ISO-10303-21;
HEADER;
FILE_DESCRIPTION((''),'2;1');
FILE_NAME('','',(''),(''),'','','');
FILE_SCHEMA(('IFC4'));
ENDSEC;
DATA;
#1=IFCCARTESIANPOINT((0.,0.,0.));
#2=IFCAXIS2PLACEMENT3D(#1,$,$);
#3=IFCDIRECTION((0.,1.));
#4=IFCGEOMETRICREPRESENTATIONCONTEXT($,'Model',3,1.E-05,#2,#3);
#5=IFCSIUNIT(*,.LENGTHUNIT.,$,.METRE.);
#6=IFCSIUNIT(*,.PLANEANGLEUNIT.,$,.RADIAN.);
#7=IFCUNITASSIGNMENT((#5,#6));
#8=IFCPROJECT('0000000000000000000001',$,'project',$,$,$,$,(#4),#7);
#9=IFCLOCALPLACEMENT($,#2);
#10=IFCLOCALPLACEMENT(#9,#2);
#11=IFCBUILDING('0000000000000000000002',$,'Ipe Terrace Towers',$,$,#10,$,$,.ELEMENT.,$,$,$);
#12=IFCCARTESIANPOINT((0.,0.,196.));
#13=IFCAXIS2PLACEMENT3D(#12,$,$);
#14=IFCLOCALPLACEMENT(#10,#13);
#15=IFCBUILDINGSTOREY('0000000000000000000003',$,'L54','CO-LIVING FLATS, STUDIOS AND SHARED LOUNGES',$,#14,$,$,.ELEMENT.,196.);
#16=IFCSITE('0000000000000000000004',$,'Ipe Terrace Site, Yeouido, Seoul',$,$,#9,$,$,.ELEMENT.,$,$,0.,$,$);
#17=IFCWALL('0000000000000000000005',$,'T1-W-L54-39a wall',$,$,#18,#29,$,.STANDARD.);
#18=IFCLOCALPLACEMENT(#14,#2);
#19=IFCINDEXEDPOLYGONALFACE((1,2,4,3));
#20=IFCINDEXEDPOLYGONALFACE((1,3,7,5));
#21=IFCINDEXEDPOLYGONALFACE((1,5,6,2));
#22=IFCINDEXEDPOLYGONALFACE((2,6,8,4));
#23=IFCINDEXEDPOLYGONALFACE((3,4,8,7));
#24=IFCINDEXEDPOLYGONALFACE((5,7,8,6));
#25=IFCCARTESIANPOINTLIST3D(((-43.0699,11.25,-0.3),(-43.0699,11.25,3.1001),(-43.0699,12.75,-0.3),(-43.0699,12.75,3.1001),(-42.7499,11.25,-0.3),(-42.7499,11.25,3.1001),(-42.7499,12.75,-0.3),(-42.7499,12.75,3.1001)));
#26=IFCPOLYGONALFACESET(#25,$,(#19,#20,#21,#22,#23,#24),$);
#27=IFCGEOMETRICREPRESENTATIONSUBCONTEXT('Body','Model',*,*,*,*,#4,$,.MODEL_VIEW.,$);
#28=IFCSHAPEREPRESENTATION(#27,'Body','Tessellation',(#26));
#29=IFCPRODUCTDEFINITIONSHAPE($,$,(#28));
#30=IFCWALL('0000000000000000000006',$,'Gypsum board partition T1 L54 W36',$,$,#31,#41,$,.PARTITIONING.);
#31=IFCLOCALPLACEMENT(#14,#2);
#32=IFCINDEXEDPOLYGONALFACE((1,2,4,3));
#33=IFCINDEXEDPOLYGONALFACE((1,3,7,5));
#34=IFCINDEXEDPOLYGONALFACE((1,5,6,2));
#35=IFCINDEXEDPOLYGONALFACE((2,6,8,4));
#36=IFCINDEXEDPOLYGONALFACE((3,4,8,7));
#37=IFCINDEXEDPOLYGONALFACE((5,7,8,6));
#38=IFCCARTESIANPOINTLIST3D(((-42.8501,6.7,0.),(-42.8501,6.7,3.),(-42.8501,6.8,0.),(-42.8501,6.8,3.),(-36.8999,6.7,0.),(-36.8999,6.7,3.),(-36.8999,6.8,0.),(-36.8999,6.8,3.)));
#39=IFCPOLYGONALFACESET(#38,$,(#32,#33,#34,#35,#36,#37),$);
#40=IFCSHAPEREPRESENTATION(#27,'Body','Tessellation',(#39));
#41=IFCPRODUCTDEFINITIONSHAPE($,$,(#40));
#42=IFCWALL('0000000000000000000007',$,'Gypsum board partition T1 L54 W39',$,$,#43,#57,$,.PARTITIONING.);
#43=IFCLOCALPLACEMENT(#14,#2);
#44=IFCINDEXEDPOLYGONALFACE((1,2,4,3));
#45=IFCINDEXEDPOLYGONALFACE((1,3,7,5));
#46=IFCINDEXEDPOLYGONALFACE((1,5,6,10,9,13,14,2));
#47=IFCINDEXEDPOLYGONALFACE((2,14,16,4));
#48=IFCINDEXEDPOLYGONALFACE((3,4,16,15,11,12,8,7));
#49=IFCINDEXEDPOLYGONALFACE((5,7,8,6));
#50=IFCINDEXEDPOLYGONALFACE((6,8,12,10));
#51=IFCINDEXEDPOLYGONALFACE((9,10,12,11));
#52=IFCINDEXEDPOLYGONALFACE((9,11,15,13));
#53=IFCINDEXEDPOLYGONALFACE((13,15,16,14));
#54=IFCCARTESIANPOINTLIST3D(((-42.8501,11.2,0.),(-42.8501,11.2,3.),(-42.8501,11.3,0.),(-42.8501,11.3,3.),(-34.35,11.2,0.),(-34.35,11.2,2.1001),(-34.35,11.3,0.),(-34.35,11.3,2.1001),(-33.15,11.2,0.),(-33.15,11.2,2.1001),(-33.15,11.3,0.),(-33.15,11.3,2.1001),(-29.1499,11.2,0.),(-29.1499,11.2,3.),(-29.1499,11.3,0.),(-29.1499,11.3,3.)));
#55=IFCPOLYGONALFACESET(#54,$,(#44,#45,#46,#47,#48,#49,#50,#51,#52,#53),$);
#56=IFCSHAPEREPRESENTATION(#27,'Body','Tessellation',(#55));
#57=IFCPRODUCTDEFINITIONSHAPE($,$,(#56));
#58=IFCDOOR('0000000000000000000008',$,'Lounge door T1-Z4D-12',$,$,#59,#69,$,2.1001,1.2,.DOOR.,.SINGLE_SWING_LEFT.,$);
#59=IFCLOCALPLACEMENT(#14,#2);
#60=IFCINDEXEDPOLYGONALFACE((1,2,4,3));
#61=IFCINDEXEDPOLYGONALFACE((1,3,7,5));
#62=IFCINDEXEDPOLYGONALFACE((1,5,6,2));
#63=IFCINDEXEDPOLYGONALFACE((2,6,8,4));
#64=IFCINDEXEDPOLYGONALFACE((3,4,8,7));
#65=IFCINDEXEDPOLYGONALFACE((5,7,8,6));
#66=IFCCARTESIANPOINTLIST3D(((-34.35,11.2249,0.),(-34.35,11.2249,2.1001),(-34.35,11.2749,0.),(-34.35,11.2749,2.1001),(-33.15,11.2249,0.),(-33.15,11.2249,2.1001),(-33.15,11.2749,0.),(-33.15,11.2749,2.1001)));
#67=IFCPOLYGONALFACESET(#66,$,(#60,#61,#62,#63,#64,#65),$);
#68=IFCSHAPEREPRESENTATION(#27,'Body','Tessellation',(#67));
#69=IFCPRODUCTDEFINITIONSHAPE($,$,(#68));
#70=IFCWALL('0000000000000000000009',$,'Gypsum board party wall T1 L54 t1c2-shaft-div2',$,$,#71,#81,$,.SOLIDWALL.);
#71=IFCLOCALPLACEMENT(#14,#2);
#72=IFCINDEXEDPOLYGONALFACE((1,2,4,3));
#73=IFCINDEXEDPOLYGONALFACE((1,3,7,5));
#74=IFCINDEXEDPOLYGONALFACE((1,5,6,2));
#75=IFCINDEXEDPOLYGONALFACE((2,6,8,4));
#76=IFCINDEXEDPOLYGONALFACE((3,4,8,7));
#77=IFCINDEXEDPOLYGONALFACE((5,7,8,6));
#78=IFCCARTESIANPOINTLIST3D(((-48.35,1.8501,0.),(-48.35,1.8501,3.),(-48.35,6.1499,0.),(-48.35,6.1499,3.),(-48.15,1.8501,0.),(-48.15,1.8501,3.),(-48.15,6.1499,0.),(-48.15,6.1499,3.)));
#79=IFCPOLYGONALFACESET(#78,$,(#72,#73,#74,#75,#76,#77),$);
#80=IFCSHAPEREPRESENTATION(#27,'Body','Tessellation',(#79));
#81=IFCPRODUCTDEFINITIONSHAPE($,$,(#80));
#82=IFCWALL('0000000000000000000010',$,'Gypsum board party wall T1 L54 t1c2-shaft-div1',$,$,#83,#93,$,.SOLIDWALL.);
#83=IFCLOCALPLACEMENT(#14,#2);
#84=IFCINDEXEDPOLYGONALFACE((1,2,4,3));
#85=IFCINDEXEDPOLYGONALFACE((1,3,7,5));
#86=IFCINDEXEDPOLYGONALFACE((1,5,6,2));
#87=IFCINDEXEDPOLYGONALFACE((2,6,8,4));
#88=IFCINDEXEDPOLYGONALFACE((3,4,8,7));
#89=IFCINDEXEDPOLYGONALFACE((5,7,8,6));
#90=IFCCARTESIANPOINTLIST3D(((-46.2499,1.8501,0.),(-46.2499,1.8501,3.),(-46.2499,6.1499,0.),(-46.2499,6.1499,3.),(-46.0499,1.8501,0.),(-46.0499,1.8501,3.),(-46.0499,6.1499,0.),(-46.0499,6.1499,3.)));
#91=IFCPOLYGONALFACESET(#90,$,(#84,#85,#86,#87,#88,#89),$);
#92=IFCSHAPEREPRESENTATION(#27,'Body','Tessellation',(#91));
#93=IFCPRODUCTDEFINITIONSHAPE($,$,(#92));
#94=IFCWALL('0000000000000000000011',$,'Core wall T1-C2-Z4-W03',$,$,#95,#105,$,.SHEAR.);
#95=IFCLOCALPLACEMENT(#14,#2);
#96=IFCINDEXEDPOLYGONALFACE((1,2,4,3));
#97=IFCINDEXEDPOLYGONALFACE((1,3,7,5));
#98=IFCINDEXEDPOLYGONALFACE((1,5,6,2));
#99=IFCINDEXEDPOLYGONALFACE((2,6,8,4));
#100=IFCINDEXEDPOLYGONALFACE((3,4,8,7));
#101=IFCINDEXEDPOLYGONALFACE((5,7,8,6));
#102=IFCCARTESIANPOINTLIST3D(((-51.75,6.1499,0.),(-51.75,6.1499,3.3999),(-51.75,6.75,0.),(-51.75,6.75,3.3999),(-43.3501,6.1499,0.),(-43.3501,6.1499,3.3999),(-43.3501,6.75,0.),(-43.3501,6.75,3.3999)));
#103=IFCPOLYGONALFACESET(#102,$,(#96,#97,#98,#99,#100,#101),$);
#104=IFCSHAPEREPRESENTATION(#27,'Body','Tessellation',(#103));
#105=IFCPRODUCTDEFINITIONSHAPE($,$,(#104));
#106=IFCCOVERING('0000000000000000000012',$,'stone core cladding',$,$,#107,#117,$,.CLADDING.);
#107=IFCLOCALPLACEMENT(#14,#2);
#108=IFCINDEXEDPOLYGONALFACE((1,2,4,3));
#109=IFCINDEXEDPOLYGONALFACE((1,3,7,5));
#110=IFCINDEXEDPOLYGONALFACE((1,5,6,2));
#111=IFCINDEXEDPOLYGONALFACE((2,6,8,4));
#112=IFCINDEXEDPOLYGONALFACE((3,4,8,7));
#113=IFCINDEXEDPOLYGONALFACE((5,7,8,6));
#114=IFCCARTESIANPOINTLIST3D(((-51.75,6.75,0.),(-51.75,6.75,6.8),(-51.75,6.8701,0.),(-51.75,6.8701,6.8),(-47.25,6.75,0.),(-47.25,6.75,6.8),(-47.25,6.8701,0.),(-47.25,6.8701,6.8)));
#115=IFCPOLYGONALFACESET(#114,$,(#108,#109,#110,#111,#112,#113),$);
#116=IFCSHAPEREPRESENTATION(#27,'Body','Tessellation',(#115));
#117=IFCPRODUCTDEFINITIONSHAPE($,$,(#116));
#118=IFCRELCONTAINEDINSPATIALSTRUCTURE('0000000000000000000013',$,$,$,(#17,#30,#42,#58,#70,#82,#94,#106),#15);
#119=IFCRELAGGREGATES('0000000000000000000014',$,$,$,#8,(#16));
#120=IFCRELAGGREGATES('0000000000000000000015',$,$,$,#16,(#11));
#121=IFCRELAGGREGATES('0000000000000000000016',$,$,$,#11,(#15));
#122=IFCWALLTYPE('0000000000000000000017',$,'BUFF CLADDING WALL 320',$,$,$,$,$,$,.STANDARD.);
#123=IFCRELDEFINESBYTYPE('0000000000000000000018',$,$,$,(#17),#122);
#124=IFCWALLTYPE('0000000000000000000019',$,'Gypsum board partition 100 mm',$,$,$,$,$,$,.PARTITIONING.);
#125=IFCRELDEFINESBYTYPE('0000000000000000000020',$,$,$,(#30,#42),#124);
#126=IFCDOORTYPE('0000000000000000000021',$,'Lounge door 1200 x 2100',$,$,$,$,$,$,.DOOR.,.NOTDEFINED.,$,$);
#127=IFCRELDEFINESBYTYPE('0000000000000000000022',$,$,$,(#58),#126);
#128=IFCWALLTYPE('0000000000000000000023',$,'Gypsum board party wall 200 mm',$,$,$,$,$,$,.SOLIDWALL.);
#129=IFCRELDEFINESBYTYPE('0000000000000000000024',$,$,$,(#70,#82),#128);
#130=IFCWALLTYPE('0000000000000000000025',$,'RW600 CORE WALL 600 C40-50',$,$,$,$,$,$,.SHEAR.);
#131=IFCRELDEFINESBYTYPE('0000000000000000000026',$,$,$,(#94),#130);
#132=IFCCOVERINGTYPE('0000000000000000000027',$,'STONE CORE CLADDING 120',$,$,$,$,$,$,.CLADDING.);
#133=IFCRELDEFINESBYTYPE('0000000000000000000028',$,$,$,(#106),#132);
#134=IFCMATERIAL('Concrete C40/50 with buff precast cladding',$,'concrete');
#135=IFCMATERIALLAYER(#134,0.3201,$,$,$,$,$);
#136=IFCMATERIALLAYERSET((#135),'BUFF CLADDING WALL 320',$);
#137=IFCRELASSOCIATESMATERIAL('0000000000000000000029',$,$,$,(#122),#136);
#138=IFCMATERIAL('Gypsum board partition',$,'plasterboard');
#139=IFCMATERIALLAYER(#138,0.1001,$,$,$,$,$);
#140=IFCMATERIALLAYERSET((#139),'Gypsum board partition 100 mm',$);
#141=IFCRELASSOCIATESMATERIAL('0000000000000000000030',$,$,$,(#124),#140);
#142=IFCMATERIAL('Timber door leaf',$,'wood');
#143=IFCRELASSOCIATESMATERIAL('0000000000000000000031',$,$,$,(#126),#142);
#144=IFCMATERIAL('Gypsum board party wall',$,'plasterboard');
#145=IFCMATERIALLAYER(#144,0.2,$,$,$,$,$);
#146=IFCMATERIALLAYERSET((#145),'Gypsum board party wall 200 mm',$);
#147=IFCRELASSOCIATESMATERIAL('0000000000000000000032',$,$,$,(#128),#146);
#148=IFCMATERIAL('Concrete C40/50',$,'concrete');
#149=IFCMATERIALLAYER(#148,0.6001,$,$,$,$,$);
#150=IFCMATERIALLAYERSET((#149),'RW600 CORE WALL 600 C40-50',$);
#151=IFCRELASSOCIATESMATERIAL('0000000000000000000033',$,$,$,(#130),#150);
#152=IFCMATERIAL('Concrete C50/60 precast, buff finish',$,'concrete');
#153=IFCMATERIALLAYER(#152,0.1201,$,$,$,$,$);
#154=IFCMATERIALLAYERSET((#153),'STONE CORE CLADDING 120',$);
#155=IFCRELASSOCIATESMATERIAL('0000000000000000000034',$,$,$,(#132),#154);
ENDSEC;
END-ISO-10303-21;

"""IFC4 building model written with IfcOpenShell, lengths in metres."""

from ifc_helpers import new_model, si_unit, direction, frame, frame_2d, origin, origin_2d, place, context, subcontext, project, spatial, rectangle, extrude, material, layer, layer_set, type_object, element, fill, save


model = new_model("IFC4")

# Units and contexts
model_context = context("Model", 3, precision=1e-05, world=origin(), true_north=direction((0.0, 1.0)))
body_context = subcontext(model_context, "Body", "Model", "MODEL_VIEW")
ifc_project = project(units=[si_unit("LENGTHUNIT", "METRE"), si_unit("PLANEANGLEUNIT", "RADIAN")], contexts=[model_context])

# Site, building, storey
site_placement = place(None, origin())
site = spatial("IfcSite", under=ifc_project, at=site_placement, Name="Ipe Terrace Site, Yeouido, Seoul", CompositionType="ELEMENT", RefElevation=0.0)
building_placement = place(site_placement, origin())
building = spatial("IfcBuilding", under=site, at=building_placement, Name="Ipe Terrace Towers", CompositionType="ELEMENT")
storey_placement = place(building_placement, frame((0.0, 0.0, 196.0)))
storey = spatial("IfcBuildingStorey", under=building, at=storey_placement, Name="L54", Description="CO-LIVING FLATS, STUDIOS AND SHARED LOUNGES", CompositionType="ELEMENT", Elevation=196.0)

# Walls
ifc_material_1 = material(Name="Concrete C40/50 with buff precast cladding", Category="concrete")
ifc_layer_1 = layer(ifc_material_1, 0.3201)
ifc_layer_set_1 = layer_set([ifc_layer_1], Name="BUFF CLADDING WALL 320")
wall_type_1 = type_object("IfcWallType", Name="BUFF CLADDING WALL 320", PredefinedType="STANDARD", material=ifc_layer_set_1)
wall_1_placement = place(storey_placement, frame((-42.9099, 12.75, -0.3), z_axis=(0.0, 0.0, 1.0), x_axis=(0.0, -1.0, 0.0)))
element("IfcWall", 1, at=wall_1_placement, inside=storey, type_object=wall_type_1, Name="T1-W-L54-39a wall", PredefinedType="STANDARD", context=body_context, shape_type="SweptSolid", body=[
    extrude(rectangle(XDim=1.5, YDim=0.3201, at=frame_2d((0.75, 0.0))), origin(), (0.0, 0.0, 1.0), 3.4001),
])
ifc_material_2 = material(Name="Gypsum board partition", Category="plasterboard")
ifc_layer_2 = layer(ifc_material_2, 0.1001)
ifc_layer_set_2 = layer_set([ifc_layer_2], Name="Gypsum board partition 100 mm")
wall_type_2 = type_object("IfcWallType", Name="Gypsum board partition 100 mm", PredefinedType="PARTITIONING", material=ifc_layer_set_2)
wall_2_placement = place(storey_placement, frame((-42.8501, 6.75, 0.0), z_axis=(0.0, 0.0, 1.0), x_axis=(1.0, 0.0, 0.0)))
element("IfcWall", 2, at=wall_2_placement, inside=storey, type_object=wall_type_2, Name="Gypsum board partition T1 L54 W36", PredefinedType="PARTITIONING", context=body_context, shape_type="SweptSolid", body=[
    extrude(rectangle(XDim=5.9502, YDim=0.1001, at=frame_2d((2.9751, 0.0))), origin(), (0.0, 0.0, 1.0), 3.0),
])

# Wall, opening, door
wall_3_placement = place(storey_placement, frame((-42.8501, 11.25, 0.0), z_axis=(0.0, 0.0, 1.0), x_axis=(1.0, 0.0, 0.0)))
wall_3 = element("IfcWall", 3, at=wall_3_placement, inside=storey, type_object=wall_type_2, Name="Gypsum board partition T1 L54 W39", PredefinedType="PARTITIONING", context=body_context, shape_type="SweptSolid", body=[
    extrude(rectangle(XDim=13.7002, YDim=0.1001, at=frame_2d((6.8501, 0.0))), origin(), (0.0, 0.0, 1.0), 3.0),
])
opening_placement = place(wall_3_placement, frame((8.5, 0.0, 0.0)))
opening = element("IfcOpeningElement", 4, at=opening_placement, cuts=wall_3, PredefinedType="OPENING", context=body_context, shape_type="SweptSolid", body=[
    extrude(rectangle(XDim=1.2, YDim=2.1001, at=frame_2d((0.6001, 1.05))), frame((0.0, 0.0601, 0.0), z_axis=(0.0, -1.0, 0.0), x_axis=(1.0, 0.0, 0.0)), (0.0, 0.0, 1.0), 0.1201),
])
ifc_material_3 = material(Name="Timber door leaf", Category="wood")
door_type = type_object("IfcDoorType", Name="Lounge door 1200 x 2100", OperationType="NOTDEFINED", PredefinedType="DOOR", material=ifc_material_3)
door_placement = place(opening_placement, origin())
door = element("IfcDoor", 5, at=door_placement, inside=storey, type_object=door_type, Name="Lounge door T1-Z4D-12", OperationType="SINGLE_SWING_LEFT", OverallHeight=2.1001, OverallWidth=1.2, PredefinedType="DOOR", context=body_context, shape_type="SweptSolid", body=[
    extrude(rectangle(XDim=1.2, YDim=2.1001, at=frame_2d((0.6001, 1.05))), frame((0.0, 0.0249, 0.0), z_axis=(0.0, -1.0, 0.0), x_axis=(1.0, 0.0, 0.0)), (0.0, 0.0, 1.0), 0.05),
])
fill(opening, door)

# Walls
ifc_material_4 = material(Name="Gypsum board party wall", Category="plasterboard")
ifc_layer_3 = layer(ifc_material_4, 0.2)
ifc_layer_set_3 = layer_set([ifc_layer_3], Name="Gypsum board party wall 200 mm")
wall_type_3 = type_object("IfcWallType", Name="Gypsum board party wall 200 mm", PredefinedType="SOLIDWALL", material=ifc_layer_set_3)
for number, where, z_axis, x_axis, name in (
    (6, (-48.25, 6.1499, 0.0), (0.0, 0.0, 1.0), (0.0, -1.0, 0.0), "Gypsum board party wall T1 L54 t1c2-shaft-div2"),
    (7, (-46.1499, 6.1499, 0.0), (0.0, 0.0, 1.0), (0.0, -1.0, 0.0), "Gypsum board party wall T1 L54 t1c2-shaft-div1"),
):
    element("IfcWall", number, at=place(storey_placement, frame(where, z_axis=z_axis, x_axis=x_axis)), inside=storey, type_object=wall_type_3, Name=name, PredefinedType="SOLIDWALL", context=body_context, shape_type="SweptSolid", body=[
        extrude(rectangle(XDim=4.2998, YDim=0.2, at=frame_2d((2.1499, 0.0))), origin(), (0.0, 0.0, 1.0), 3.0),
    ])
ifc_material_5 = material(Name="Concrete C40/50", Category="concrete")
ifc_layer_4 = layer(ifc_material_5, 0.6001)
ifc_layer_set_4 = layer_set([ifc_layer_4], Name="RW600 CORE WALL 600 C40-50")
wall_type_4 = type_object("IfcWallType", Name="RW600 CORE WALL 600 C40-50", PredefinedType="SHEAR", material=ifc_layer_set_4)
wall_4_placement = place(storey_placement, frame((-43.3501, 6.45, 0.0), z_axis=(0.0, 0.0, 1.0), x_axis=(-1.0, 0.0, 0.0)))
element("IfcWall", 8, at=wall_4_placement, inside=storey, type_object=wall_type_4, Name="Core wall T1-C2-Z4-W03", PredefinedType="SHEAR", context=body_context, shape_type="SweptSolid", body=[
    extrude(rectangle(XDim=8.3999, YDim=0.6001, at=frame_2d((4.2, 0.0))), origin(), (0.0, 0.0, 1.0), 3.3999),
])

# Covering
ifc_material_6 = material(Name="Concrete C50/60 precast, buff finish", Category="concrete")
ifc_layer_5 = layer(ifc_material_6, 0.1201)
ifc_layer_set_5 = layer_set([ifc_layer_5], Name="STONE CORE CLADDING 120")
covering_type = type_object("IfcCoveringType", Name="STONE CORE CLADDING 120", PredefinedType="CLADDING", material=ifc_layer_set_5)
covering_placement = place(storey_placement, frame((-49.5, 6.8101, 0.0), z_axis=(0.0, 0.0, 1.0), x_axis=(-1.0, 0.0, 0.0)))
element("IfcCovering", 9, at=covering_placement, inside=storey, type_object=covering_type, Name="stone core cladding", PredefinedType="CLADDING", context=body_context, shape_type="SweptSolid", body=[
    extrude(rectangle(XDim=4.5, YDim=0.1201, at=origin_2d()), origin(), (0.0, 0.0, 1.0), 6.8),
])

save(model, "model.ifc")
